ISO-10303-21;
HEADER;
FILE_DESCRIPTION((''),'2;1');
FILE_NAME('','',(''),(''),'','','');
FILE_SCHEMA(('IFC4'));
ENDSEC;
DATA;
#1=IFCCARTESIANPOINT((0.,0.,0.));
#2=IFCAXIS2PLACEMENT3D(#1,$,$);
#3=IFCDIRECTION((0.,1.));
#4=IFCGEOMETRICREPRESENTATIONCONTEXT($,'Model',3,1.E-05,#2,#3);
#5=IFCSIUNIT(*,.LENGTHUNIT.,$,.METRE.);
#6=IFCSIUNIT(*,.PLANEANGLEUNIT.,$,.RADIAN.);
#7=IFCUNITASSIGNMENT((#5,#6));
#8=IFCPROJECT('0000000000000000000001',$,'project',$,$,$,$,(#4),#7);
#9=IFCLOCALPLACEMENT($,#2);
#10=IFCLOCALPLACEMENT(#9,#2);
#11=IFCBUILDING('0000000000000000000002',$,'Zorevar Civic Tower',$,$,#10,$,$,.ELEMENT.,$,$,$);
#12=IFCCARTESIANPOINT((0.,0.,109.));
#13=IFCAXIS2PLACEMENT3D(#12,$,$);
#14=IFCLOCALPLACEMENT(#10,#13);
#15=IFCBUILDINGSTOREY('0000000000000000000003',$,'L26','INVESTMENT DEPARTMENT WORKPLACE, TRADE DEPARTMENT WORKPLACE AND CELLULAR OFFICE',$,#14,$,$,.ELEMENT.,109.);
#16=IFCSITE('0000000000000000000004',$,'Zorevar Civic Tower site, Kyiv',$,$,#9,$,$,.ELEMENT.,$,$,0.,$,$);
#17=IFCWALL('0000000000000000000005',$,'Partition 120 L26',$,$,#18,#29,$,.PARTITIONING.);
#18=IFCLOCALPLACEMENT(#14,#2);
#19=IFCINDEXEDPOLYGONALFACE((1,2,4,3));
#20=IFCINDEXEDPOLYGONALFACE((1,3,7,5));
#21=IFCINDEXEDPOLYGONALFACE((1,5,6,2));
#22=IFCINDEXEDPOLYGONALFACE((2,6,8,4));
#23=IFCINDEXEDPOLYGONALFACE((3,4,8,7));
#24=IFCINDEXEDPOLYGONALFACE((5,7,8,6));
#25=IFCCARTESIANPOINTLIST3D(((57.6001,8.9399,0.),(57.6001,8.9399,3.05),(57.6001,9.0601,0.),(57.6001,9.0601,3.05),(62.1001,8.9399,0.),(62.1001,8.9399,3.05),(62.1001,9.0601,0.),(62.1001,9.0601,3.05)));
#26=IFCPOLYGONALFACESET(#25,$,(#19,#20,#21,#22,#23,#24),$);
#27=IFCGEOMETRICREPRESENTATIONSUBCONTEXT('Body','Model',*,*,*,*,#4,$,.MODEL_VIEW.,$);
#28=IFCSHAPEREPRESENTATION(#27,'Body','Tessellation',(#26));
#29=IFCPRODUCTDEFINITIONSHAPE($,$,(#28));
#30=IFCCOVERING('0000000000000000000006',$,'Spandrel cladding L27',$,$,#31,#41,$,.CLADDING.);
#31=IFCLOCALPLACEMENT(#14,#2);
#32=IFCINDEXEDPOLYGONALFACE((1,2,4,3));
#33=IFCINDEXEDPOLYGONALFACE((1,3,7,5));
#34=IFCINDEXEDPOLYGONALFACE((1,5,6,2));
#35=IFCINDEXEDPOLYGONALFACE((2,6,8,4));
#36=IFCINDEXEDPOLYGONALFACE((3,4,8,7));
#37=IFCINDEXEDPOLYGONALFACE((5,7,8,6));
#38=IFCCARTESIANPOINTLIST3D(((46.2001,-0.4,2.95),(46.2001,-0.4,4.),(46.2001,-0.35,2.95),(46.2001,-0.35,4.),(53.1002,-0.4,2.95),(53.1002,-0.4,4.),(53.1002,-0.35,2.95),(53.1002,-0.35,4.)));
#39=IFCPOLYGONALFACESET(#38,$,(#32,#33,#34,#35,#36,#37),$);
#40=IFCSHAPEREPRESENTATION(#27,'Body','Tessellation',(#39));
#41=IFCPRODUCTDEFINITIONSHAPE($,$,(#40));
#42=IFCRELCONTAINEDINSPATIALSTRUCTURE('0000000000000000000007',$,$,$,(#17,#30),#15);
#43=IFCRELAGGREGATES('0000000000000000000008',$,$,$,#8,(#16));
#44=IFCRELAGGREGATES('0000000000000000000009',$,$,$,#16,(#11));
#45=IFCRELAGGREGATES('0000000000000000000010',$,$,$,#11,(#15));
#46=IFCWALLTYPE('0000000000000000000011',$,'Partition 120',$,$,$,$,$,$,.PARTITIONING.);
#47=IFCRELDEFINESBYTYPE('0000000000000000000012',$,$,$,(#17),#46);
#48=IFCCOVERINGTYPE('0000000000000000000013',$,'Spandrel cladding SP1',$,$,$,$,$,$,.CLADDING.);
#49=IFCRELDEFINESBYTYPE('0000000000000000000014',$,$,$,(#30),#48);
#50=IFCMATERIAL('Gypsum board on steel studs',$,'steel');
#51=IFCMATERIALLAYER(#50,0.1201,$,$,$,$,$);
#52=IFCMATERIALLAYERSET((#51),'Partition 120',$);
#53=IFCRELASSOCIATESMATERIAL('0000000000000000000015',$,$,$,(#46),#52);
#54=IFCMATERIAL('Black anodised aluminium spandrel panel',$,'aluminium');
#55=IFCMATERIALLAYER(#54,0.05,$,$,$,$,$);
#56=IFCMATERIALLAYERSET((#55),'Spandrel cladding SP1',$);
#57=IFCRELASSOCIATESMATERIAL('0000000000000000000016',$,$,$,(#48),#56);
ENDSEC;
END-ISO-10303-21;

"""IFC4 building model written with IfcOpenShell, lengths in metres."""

from ifc_helpers import new_model, si_unit, direction, frame, frame_2d, origin, place, context, subcontext, project, spatial, rectangle, extrude, material, layer, layer_set, type_object, element, save


model = new_model("IFC4")

# Units and contexts
model_context = context("Model", 3, precision=1e-05, world=origin(), true_north=direction((0.0, 1.0)))
body_context = subcontext(model_context, "Body", "Model", "MODEL_VIEW")
ifc_project = project(units=[si_unit("LENGTHUNIT", "METRE"), si_unit("PLANEANGLEUNIT", "RADIAN")], contexts=[model_context])

# Site, building, storey
site_placement = place(None, origin())
site = spatial("IfcSite", under=ifc_project, at=site_placement, Name="Zorevar Civic Tower site, Kyiv", CompositionType="ELEMENT", RefElevation=0.0)
building_placement = place(site_placement, origin())
building = spatial("IfcBuilding", under=site, at=building_placement, Name="Zorevar Civic Tower", CompositionType="ELEMENT")
storey_placement = place(building_placement, frame((0.0, 0.0, 109.0)))
storey = spatial("IfcBuildingStorey", under=building, at=storey_placement, Name="L26", Description="INVESTMENT DEPARTMENT WORKPLACE, TRADE DEPARTMENT WORKPLACE AND CELLULAR OFFICE", CompositionType="ELEMENT", Elevation=109.0)

# Wall
ifc_material_1 = material(Name="Gypsum board on steel studs", Category="steel")
ifc_layer_1 = layer(ifc_material_1, 0.1201)
ifc_layer_set_1 = layer_set([ifc_layer_1], Name="Partition 120")
wall_type = type_object("IfcWallType", Name="Partition 120", PredefinedType="PARTITIONING", material=ifc_layer_set_1)
wall_placement = place(storey_placement, frame((57.6001, 9.0, 0.0), z_axis=(0.0, 0.0, 1.0), x_axis=(1.0, 0.0, 0.0)))
element("IfcWall", 1, at=wall_placement, inside=storey, type_object=wall_type, Name="Partition 120 L26", PredefinedType="PARTITIONING", context=body_context, shape_type="SweptSolid", body=[
    extrude(rectangle(XDim=4.5, YDim=0.1201, at=frame_2d((2.25, 0.0))), origin(), (0.0, 0.0, 1.0), 3.05),
])

# Covering
ifc_material_2 = material(Name="Black anodised aluminium spandrel panel", Category="aluminium")
ifc_layer_2 = layer(ifc_material_2, 0.05)
ifc_layer_set_2 = layer_set([ifc_layer_2], Name="Spandrel cladding SP1")
covering_type = type_object("IfcCoveringType", Name="Spandrel cladding SP1", PredefinedType="CLADDING", material=ifc_layer_set_2)
covering_placement = place(storey_placement, frame((46.2, -0.375, 2.95), z_axis=(0.0, 0.0, 1.0), x_axis=(1.0, 0.0, 0.0)))
element("IfcCovering", 2, at=covering_placement, inside=storey, type_object=covering_type, Name="Spandrel cladding L27", PredefinedType="CLADDING", context=body_context, shape_type="SweptSolid", body=[
    extrude(rectangle(XDim=6.9001, YDim=0.05, at=frame_2d((3.4502, 0.0))), origin(), (0.0, 0.0, 1.0), 1.05),
])

save(model, "model.ifc")
